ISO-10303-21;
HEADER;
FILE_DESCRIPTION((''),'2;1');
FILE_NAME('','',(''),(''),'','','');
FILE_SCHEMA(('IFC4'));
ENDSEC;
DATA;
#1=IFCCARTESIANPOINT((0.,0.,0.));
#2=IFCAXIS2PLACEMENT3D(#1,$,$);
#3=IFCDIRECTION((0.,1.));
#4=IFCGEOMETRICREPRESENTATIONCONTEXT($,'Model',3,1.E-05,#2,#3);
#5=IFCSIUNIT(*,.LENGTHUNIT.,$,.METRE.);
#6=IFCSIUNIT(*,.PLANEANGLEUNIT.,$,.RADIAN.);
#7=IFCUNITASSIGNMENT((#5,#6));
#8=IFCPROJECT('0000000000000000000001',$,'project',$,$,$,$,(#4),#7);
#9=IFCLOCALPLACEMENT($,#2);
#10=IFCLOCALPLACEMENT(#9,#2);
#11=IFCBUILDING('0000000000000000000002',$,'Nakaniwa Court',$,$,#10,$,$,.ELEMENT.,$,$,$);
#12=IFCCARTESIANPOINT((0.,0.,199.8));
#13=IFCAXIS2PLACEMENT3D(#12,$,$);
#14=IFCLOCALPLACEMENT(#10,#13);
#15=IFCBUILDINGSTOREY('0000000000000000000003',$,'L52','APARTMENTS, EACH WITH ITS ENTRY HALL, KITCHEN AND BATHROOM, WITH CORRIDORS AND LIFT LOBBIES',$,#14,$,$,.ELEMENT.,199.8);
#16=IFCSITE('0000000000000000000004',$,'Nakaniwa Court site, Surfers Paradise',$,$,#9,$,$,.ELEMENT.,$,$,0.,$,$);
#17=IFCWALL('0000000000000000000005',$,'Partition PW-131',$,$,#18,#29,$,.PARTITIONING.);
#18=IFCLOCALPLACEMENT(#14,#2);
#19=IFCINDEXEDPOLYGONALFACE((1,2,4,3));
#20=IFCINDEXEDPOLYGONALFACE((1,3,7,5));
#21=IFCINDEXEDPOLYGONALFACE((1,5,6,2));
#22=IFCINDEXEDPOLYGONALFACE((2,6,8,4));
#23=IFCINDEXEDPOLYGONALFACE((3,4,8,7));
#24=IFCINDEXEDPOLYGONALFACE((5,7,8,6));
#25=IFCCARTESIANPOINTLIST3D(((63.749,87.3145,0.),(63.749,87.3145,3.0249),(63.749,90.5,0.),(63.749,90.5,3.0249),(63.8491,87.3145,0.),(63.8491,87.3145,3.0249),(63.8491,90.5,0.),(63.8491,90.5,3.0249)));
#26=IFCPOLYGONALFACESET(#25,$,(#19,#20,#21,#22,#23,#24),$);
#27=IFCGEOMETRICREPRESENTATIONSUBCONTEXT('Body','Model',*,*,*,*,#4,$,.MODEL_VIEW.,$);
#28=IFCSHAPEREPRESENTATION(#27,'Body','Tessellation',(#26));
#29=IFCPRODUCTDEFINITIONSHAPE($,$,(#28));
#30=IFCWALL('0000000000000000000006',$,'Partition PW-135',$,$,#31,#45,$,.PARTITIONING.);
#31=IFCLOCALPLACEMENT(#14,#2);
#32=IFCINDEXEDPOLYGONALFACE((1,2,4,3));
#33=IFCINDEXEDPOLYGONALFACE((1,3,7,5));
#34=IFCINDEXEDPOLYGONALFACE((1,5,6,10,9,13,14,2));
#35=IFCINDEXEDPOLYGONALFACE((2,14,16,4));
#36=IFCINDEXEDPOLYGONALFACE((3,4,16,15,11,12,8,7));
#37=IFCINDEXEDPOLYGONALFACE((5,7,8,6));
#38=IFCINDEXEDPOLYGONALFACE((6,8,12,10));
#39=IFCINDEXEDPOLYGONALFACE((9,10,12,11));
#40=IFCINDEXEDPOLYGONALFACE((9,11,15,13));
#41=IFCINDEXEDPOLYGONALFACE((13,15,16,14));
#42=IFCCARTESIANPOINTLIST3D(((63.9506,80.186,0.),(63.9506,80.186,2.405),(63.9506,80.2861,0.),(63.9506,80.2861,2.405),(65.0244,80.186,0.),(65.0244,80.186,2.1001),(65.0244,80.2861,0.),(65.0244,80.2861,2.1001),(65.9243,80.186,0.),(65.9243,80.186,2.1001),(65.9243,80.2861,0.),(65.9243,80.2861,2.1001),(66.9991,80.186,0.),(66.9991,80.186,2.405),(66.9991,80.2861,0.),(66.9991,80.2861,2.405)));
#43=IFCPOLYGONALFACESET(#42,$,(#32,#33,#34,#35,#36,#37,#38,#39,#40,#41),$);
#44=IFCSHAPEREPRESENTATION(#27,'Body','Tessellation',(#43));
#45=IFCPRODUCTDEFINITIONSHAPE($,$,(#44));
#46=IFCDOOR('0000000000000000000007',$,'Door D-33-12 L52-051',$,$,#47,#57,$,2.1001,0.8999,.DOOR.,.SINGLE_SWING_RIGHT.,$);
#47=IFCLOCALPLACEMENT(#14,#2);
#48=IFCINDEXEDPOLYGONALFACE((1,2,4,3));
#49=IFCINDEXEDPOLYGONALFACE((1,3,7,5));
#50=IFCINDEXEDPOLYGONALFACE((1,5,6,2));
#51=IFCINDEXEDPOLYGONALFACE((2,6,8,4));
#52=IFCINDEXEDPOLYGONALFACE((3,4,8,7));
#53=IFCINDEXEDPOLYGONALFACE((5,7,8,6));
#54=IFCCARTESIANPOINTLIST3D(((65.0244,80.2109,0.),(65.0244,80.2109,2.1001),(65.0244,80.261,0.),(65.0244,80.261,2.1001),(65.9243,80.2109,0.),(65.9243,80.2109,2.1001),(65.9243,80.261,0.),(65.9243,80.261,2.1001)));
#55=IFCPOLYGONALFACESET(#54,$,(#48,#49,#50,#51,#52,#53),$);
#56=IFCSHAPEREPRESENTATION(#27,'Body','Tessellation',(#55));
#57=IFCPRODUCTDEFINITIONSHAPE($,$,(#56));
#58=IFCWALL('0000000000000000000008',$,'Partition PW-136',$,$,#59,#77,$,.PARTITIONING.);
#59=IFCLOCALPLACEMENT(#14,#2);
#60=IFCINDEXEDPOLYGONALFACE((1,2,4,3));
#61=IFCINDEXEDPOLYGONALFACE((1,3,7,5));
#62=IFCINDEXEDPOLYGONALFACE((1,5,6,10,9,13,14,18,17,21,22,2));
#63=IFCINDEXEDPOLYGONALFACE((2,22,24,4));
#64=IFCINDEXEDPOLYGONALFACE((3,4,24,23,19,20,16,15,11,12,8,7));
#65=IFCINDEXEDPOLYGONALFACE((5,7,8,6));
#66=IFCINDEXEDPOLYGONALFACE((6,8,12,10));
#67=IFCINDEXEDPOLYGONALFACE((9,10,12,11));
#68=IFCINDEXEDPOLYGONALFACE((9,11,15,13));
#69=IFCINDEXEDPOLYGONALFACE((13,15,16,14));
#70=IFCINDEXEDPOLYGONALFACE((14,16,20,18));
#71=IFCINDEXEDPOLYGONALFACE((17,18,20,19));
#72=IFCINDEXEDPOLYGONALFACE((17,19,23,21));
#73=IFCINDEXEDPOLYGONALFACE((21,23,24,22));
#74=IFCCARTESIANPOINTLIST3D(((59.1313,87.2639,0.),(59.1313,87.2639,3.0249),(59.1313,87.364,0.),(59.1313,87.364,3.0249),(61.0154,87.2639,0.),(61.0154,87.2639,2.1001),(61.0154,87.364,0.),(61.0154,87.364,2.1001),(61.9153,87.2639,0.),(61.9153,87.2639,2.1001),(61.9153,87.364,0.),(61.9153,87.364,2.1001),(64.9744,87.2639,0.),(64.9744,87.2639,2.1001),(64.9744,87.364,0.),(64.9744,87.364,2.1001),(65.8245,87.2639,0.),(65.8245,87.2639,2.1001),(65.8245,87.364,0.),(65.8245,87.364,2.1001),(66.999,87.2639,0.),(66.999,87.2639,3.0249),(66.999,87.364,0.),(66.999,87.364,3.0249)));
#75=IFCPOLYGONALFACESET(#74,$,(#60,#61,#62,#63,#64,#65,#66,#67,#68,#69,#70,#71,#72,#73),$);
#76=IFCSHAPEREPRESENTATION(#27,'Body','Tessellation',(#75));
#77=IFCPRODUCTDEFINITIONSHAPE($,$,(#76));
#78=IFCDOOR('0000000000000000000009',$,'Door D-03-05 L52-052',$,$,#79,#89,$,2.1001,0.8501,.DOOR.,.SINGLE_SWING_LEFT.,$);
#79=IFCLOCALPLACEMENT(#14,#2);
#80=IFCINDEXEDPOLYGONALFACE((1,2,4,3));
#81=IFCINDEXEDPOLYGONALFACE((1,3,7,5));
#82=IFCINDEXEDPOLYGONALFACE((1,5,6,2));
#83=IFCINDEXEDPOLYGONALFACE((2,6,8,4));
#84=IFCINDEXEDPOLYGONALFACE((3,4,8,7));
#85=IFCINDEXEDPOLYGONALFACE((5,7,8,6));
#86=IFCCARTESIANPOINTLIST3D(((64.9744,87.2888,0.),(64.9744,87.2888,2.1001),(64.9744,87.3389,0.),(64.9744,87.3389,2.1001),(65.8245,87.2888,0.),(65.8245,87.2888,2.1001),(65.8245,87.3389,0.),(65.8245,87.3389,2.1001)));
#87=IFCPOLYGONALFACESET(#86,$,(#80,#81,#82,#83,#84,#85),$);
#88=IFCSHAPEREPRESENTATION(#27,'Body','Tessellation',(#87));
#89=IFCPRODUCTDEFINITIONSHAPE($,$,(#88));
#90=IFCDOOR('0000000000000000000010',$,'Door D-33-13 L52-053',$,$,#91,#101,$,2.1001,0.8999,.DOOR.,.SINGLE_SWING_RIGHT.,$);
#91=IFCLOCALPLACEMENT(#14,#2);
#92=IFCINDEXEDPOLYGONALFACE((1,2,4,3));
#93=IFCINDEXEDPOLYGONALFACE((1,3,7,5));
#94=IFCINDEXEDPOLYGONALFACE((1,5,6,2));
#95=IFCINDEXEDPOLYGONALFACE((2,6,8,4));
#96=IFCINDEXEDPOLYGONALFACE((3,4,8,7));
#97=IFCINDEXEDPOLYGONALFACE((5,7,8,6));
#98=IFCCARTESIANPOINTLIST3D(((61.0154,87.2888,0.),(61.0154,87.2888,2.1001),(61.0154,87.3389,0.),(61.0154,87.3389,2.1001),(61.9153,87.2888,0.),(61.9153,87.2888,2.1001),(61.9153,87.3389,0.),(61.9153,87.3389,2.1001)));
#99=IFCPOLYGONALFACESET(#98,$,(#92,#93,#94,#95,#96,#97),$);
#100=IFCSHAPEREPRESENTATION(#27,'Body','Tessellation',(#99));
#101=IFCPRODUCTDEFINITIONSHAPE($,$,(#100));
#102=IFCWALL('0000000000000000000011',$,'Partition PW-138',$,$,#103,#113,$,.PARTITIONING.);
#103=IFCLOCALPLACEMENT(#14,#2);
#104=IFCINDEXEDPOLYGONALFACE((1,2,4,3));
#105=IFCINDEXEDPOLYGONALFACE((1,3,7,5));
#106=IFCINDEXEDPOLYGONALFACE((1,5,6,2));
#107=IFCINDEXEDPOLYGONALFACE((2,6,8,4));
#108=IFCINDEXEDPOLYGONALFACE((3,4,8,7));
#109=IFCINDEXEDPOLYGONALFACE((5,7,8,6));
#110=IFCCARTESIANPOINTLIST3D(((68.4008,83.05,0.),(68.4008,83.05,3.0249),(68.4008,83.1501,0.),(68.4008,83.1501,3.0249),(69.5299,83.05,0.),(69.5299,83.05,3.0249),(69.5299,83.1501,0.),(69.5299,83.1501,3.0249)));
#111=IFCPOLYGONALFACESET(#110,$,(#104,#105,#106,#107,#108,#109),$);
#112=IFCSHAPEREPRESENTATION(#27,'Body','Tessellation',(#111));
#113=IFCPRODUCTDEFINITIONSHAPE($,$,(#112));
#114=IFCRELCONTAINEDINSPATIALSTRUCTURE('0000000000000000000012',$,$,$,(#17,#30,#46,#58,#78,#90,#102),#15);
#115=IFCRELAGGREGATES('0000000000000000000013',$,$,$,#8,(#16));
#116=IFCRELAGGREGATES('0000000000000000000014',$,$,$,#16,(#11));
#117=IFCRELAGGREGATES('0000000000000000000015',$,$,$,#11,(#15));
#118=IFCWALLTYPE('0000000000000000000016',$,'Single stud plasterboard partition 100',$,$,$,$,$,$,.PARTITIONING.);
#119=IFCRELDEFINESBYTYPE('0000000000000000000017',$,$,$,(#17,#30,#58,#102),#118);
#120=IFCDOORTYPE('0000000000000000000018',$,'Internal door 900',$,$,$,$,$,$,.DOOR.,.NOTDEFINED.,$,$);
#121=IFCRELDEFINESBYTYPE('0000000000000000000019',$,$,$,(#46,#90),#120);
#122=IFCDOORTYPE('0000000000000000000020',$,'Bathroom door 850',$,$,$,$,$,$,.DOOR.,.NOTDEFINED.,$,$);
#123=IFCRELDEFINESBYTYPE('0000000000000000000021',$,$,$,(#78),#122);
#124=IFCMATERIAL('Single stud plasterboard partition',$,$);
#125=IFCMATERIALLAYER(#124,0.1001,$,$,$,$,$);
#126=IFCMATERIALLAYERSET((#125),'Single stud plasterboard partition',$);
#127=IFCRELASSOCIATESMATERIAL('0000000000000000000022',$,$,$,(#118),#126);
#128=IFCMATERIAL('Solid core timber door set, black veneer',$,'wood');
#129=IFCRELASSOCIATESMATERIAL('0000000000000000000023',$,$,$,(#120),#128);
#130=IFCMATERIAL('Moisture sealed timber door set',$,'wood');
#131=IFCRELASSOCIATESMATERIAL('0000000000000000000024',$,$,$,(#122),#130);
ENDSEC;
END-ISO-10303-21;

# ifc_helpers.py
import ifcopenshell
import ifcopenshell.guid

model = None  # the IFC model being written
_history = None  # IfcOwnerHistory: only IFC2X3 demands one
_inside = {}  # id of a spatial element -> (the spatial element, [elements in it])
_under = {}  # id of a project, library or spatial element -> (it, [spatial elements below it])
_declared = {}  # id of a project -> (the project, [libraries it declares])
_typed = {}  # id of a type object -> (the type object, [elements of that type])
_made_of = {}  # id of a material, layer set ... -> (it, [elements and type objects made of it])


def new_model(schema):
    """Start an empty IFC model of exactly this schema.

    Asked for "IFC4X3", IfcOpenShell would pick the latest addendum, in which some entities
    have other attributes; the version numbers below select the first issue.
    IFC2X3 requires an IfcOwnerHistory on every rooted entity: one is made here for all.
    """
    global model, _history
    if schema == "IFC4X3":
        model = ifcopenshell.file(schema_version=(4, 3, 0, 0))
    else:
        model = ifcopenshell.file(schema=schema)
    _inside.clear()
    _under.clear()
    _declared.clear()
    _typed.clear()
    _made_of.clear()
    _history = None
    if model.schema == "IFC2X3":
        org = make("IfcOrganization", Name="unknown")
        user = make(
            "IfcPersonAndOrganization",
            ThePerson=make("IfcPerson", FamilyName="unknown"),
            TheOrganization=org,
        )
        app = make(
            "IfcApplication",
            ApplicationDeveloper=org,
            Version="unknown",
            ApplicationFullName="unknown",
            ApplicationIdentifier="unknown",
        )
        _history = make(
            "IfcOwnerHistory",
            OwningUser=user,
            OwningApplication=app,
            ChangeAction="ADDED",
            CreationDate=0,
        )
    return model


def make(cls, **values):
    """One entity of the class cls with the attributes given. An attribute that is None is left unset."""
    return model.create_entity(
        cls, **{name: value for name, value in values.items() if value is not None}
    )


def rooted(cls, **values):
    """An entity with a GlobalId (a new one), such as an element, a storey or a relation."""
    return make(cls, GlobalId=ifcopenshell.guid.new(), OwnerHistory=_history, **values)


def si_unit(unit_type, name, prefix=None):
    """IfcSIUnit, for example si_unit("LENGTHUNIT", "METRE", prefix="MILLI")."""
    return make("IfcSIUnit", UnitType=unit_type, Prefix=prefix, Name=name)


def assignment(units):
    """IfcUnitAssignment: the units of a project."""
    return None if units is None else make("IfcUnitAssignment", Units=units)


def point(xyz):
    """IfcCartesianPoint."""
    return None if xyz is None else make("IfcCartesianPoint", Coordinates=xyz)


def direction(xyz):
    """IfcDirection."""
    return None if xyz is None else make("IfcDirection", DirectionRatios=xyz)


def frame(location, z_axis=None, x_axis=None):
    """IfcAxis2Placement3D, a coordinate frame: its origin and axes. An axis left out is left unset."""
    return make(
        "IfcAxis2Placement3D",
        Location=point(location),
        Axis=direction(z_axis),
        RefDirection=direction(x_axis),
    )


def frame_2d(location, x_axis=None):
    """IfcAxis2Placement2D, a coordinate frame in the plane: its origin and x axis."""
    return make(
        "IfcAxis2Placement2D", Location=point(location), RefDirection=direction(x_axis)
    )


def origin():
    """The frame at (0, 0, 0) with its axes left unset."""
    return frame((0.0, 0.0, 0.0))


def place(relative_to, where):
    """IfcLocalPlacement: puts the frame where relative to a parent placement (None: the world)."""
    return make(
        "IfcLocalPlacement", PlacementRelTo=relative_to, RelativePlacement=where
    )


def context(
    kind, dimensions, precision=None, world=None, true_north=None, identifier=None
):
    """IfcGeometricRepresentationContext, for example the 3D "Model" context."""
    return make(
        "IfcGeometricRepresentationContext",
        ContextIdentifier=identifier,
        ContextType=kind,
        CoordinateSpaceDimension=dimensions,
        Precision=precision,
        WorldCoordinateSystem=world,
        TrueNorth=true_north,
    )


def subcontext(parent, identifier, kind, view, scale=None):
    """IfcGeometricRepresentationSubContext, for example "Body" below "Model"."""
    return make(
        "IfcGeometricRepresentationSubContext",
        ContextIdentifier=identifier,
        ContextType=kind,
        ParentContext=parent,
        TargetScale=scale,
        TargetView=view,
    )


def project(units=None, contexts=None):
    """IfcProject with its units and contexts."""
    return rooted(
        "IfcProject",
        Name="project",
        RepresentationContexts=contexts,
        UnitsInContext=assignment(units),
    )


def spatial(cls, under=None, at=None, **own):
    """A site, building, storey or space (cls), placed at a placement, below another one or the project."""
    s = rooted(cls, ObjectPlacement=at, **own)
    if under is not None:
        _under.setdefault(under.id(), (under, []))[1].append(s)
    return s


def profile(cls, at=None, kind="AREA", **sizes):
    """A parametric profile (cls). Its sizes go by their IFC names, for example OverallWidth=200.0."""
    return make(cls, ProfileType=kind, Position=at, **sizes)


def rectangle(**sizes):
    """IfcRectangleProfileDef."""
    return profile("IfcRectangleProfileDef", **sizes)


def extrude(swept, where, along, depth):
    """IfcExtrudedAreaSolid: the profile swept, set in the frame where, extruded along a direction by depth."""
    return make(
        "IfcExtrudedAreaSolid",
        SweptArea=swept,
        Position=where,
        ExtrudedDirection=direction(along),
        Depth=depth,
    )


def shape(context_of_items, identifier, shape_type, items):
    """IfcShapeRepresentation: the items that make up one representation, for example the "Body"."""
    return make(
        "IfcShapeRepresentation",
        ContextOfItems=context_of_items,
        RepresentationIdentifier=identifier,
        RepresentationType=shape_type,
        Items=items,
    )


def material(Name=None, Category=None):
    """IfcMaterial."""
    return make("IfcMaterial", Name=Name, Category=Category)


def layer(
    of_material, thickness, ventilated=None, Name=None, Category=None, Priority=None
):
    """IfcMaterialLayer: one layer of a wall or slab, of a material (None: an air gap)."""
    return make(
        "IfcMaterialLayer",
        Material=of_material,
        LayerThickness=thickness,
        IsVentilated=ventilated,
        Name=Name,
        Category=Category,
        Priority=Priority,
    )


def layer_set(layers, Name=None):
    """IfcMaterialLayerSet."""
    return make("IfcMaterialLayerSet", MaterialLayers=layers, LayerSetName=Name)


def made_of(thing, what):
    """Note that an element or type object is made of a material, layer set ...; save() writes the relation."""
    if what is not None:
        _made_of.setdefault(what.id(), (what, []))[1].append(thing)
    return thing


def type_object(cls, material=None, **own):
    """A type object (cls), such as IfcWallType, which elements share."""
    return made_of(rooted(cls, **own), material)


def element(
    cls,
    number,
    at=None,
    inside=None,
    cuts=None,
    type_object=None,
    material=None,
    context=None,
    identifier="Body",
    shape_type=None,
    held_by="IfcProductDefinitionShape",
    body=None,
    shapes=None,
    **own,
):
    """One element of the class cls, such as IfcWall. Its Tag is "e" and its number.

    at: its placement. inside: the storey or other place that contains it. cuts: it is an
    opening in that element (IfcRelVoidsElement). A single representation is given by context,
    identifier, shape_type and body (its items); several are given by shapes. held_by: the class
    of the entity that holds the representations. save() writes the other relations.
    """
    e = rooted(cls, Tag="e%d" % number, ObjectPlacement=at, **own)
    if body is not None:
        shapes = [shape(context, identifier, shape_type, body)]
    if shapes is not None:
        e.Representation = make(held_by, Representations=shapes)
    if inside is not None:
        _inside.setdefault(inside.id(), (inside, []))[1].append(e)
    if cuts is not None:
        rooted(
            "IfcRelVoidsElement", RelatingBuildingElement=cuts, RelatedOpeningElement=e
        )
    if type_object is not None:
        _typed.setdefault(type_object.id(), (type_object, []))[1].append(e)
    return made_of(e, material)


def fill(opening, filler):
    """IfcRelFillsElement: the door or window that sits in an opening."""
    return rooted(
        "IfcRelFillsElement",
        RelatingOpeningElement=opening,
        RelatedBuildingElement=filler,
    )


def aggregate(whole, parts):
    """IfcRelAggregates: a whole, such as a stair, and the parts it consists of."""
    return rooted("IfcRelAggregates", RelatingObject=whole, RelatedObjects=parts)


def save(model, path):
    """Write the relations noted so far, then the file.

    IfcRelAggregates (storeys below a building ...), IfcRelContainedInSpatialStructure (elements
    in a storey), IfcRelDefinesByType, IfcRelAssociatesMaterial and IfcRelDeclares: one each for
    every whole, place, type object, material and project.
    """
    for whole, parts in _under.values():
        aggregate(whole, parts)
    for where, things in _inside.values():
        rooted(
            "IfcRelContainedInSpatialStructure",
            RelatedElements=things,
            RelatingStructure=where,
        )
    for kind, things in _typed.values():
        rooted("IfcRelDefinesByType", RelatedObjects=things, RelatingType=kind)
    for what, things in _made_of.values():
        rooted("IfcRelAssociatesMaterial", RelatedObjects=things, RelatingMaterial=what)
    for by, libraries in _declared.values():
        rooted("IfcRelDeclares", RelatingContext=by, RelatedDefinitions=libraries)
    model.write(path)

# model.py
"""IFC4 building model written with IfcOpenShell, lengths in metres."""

from ifc_helpers import new_model, si_unit, direction, frame, frame_2d, origin, place, context, subcontext, project, spatial, rectangle, extrude, material, layer, layer_set, type_object, element, fill, save


model = new_model("IFC4")

# Units and contexts
model_context = context("Model", 3, precision=1e-05, world=origin(), true_north=direction((0.0, 1.0)))
body_context = subcontext(model_context, "Body", "Model", "MODEL_VIEW")
ifc_project = project(units=[si_unit("LENGTHUNIT", "METRE"), si_unit("PLANEANGLEUNIT", "RADIAN")], contexts=[model_context])

# Site, building, storey
site_placement = place(None, origin())
site = spatial("IfcSite", under=ifc_project, at=site_placement, Name="Nakaniwa Court site, Surfers Paradise", CompositionType="ELEMENT", RefElevation=0.0)
building_placement = place(site_placement, origin())
building = spatial("IfcBuilding", under=site, at=building_placement, Name="Nakaniwa Court", CompositionType="ELEMENT")
storey_placement = place(building_placement, frame((0.0, 0.0, 199.8)))
storey = spatial("IfcBuildingStorey", under=building, at=storey_placement, Name="L52", Description="APARTMENTS, EACH WITH ITS ENTRY HALL, KITCHEN AND BATHROOM, WITH CORRIDORS AND LIFT LOBBIES", CompositionType="ELEMENT", Elevation=199.8)

# Wall
ifc_material_1 = material(Name="Single stud plasterboard partition")
ifc_layer_1 = layer(ifc_material_1, 0.1001)
ifc_layer_set_1 = layer_set([ifc_layer_1], Name="Single stud plasterboard partition")
wall_type_1 = type_object("IfcWallType", Name="Single stud plasterboard partition 100", PredefinedType="PARTITIONING", material=ifc_layer_set_1)
wall_1_placement = place(storey_placement, frame((63.7991, 87.3145, 0.0), z_axis=(0.0, 0.0, 1.0), x_axis=(0.0, 1.0, 0.0)))
element("IfcWall", 1, at=wall_1_placement, inside=storey, type_object=wall_type_1, Name="Partition PW-131", PredefinedType="PARTITIONING", context=body_context, shape_type="SweptSolid", body=[
    extrude(rectangle(XDim=3.1855, YDim=0.1001, at=frame_2d((1.5928, 0.0))), origin(), (0.0, 0.0, 1.0), 3.0249),
])

# Wall, opening, door
wall_2_placement = place(storey_placement, frame((63.9504, 80.2361, 0.0), z_axis=(0.0, 0.0, 1.0), x_axis=(1.0, 0.0, 0.0)))
wall_2 = element("IfcWall", 2, at=wall_2_placement, inside=storey, type_object=wall_type_1, Name="Partition PW-135", PredefinedType="PARTITIONING", context=body_context, shape_type="SweptSolid", body=[
    extrude(rectangle(XDim=3.0486, YDim=0.1001, at=frame_2d((1.5244, 0.0))), origin(), (0.0, 0.0, 1.0), 2.405),
])
opening_1_placement = place(wall_2_placement, frame((1.074, 0.0, 0.0)))
opening_1 = element("IfcOpeningElement", 3, at=opening_1_placement, cuts=wall_2, PredefinedType="OPENING", context=body_context, shape_type="SweptSolid", body=[
    extrude(rectangle(XDim=0.8999, YDim=2.1001, at=frame_2d((0.45, 1.05))), frame((0.0, 0.0601, 0.0), z_axis=(0.0, -1.0, 0.0), x_axis=(1.0, 0.0, 0.0)), (0.0, 0.0, 1.0), 0.1201),
])
ifc_material_2 = material(Name="Solid core timber door set, black veneer", Category="wood")
door_type_1 = type_object("IfcDoorType", Name="Internal door 900", OperationType="NOTDEFINED", PredefinedType="DOOR", material=ifc_material_2)
door_1_placement = place(opening_1_placement, origin())
door_1 = element("IfcDoor", 4, at=door_1_placement, inside=storey, type_object=door_type_1, Name="Door D-33-12 L52-051", OperationType="SINGLE_SWING_RIGHT", OverallHeight=2.1001, OverallWidth=0.8999, PredefinedType="DOOR", context=body_context, shape_type="SweptSolid", body=[
    extrude(rectangle(XDim=0.8999, YDim=2.1001, at=frame_2d((0.45, 1.05))), frame((0.0, 0.0249, 0.0), z_axis=(0.0, -1.0, 0.0), x_axis=(1.0, 0.0, 0.0)), (0.0, 0.0, 1.0), 0.05),
])
fill(opening_1, door_1)

# Wall, openings, doors
wall_3_placement = place(storey_placement, frame((59.1313, 87.314, 0.0), z_axis=(0.0, 0.0, 1.0), x_axis=(1.0, 0.0, 0.0)))
wall_3 = element("IfcWall", 5, at=wall_3_placement, inside=storey, type_object=wall_type_1, Name="Partition PW-136", PredefinedType="PARTITIONING", context=body_context, shape_type="SweptSolid", body=[
    extrude(rectangle(XDim=7.8677, YDim=0.1001, at=frame_2d((3.9338, 0.0))), origin(), (0.0, 0.0, 1.0), 3.0249),
])
opening_2_placement = place(wall_3_placement, frame((5.843, 0.0, 0.0)))
opening_2 = element("IfcOpeningElement", 6, at=opening_2_placement, cuts=wall_3, PredefinedType="OPENING", context=body_context, shape_type="SweptSolid", body=[
    extrude(rectangle(XDim=0.8501, YDim=2.1001, at=frame_2d((0.425, 1.05))), frame((0.0, 0.0601, 0.0), z_axis=(0.0, -1.0, 0.0), x_axis=(1.0, 0.0, 0.0)), (0.0, 0.0, 1.0), 0.1201),
])
opening_3_placement = place(wall_3_placement, frame((1.884, 0.0, 0.0)))
opening_3 = element("IfcOpeningElement", 7, at=opening_3_placement, cuts=wall_3, PredefinedType="OPENING", context=body_context, shape_type="SweptSolid", body=[
    extrude(rectangle(XDim=0.8999, YDim=2.1001, at=frame_2d((0.45, 1.05))), frame((0.0, 0.0601, 0.0), z_axis=(0.0, -1.0, 0.0), x_axis=(1.0, 0.0, 0.0)), (0.0, 0.0, 1.0), 0.1201),
])
ifc_material_3 = material(Name="Moisture sealed timber door set", Category="wood")
door_type_2 = type_object("IfcDoorType", Name="Bathroom door 850", OperationType="NOTDEFINED", PredefinedType="DOOR", material=ifc_material_3)
door_2_placement = place(opening_2_placement, origin())
door_2 = element("IfcDoor", 8, at=door_2_placement, inside=storey, type_object=door_type_2, Name="Door D-03-05 L52-052", OperationType="SINGLE_SWING_LEFT", OverallHeight=2.1001, OverallWidth=0.8501, PredefinedType="DOOR", context=body_context, shape_type="SweptSolid", body=[
    extrude(rectangle(XDim=0.8501, YDim=2.1001, at=frame_2d((0.425, 1.05))), frame((0.0, 0.0249, 0.0), z_axis=(0.0, -1.0, 0.0), x_axis=(1.0, 0.0, 0.0)), (0.0, 0.0, 1.0), 0.05),
])
fill(opening_2, door_2)
door_3_placement = place(opening_3_placement, origin())
door_3 = element("IfcDoor", 9, at=door_3_placement, inside=storey, type_object=door_type_1, Name="Door D-33-13 L52-053", OperationType="SINGLE_SWING_RIGHT", OverallHeight=2.1001, OverallWidth=0.8999, PredefinedType="DOOR", context=body_context, shape_type="SweptSolid", body=[
    extrude(rectangle(XDim=0.8999, YDim=2.1001, at=frame_2d((0.45, 1.05))), frame((0.0, 0.0249, 0.0), z_axis=(0.0, -1.0, 0.0), x_axis=(1.0, 0.0, 0.0)), (0.0, 0.0, 1.0), 0.05),
])
fill(opening_3, door_3)

# Wall
wall_4_placement = place(storey_placement, frame((68.4009, 83.1001, 0.0), z_axis=(0.0, 0.0, 1.0), x_axis=(1.0, 0.0, 0.0)))
element("IfcWall", 10, at=wall_4_placement, inside=storey, type_object=wall_type_1, Name="Partition PW-138", PredefinedType="PARTITIONING", context=body_context, shape_type="SweptSolid", body=[
    extrude(rectangle(XDim=1.1292, YDim=0.1001, at=frame_2d((0.5645, 0.0))), origin(), (0.0, 0.0, 1.0), 3.0249),
])

save(model, "model.ifc")
